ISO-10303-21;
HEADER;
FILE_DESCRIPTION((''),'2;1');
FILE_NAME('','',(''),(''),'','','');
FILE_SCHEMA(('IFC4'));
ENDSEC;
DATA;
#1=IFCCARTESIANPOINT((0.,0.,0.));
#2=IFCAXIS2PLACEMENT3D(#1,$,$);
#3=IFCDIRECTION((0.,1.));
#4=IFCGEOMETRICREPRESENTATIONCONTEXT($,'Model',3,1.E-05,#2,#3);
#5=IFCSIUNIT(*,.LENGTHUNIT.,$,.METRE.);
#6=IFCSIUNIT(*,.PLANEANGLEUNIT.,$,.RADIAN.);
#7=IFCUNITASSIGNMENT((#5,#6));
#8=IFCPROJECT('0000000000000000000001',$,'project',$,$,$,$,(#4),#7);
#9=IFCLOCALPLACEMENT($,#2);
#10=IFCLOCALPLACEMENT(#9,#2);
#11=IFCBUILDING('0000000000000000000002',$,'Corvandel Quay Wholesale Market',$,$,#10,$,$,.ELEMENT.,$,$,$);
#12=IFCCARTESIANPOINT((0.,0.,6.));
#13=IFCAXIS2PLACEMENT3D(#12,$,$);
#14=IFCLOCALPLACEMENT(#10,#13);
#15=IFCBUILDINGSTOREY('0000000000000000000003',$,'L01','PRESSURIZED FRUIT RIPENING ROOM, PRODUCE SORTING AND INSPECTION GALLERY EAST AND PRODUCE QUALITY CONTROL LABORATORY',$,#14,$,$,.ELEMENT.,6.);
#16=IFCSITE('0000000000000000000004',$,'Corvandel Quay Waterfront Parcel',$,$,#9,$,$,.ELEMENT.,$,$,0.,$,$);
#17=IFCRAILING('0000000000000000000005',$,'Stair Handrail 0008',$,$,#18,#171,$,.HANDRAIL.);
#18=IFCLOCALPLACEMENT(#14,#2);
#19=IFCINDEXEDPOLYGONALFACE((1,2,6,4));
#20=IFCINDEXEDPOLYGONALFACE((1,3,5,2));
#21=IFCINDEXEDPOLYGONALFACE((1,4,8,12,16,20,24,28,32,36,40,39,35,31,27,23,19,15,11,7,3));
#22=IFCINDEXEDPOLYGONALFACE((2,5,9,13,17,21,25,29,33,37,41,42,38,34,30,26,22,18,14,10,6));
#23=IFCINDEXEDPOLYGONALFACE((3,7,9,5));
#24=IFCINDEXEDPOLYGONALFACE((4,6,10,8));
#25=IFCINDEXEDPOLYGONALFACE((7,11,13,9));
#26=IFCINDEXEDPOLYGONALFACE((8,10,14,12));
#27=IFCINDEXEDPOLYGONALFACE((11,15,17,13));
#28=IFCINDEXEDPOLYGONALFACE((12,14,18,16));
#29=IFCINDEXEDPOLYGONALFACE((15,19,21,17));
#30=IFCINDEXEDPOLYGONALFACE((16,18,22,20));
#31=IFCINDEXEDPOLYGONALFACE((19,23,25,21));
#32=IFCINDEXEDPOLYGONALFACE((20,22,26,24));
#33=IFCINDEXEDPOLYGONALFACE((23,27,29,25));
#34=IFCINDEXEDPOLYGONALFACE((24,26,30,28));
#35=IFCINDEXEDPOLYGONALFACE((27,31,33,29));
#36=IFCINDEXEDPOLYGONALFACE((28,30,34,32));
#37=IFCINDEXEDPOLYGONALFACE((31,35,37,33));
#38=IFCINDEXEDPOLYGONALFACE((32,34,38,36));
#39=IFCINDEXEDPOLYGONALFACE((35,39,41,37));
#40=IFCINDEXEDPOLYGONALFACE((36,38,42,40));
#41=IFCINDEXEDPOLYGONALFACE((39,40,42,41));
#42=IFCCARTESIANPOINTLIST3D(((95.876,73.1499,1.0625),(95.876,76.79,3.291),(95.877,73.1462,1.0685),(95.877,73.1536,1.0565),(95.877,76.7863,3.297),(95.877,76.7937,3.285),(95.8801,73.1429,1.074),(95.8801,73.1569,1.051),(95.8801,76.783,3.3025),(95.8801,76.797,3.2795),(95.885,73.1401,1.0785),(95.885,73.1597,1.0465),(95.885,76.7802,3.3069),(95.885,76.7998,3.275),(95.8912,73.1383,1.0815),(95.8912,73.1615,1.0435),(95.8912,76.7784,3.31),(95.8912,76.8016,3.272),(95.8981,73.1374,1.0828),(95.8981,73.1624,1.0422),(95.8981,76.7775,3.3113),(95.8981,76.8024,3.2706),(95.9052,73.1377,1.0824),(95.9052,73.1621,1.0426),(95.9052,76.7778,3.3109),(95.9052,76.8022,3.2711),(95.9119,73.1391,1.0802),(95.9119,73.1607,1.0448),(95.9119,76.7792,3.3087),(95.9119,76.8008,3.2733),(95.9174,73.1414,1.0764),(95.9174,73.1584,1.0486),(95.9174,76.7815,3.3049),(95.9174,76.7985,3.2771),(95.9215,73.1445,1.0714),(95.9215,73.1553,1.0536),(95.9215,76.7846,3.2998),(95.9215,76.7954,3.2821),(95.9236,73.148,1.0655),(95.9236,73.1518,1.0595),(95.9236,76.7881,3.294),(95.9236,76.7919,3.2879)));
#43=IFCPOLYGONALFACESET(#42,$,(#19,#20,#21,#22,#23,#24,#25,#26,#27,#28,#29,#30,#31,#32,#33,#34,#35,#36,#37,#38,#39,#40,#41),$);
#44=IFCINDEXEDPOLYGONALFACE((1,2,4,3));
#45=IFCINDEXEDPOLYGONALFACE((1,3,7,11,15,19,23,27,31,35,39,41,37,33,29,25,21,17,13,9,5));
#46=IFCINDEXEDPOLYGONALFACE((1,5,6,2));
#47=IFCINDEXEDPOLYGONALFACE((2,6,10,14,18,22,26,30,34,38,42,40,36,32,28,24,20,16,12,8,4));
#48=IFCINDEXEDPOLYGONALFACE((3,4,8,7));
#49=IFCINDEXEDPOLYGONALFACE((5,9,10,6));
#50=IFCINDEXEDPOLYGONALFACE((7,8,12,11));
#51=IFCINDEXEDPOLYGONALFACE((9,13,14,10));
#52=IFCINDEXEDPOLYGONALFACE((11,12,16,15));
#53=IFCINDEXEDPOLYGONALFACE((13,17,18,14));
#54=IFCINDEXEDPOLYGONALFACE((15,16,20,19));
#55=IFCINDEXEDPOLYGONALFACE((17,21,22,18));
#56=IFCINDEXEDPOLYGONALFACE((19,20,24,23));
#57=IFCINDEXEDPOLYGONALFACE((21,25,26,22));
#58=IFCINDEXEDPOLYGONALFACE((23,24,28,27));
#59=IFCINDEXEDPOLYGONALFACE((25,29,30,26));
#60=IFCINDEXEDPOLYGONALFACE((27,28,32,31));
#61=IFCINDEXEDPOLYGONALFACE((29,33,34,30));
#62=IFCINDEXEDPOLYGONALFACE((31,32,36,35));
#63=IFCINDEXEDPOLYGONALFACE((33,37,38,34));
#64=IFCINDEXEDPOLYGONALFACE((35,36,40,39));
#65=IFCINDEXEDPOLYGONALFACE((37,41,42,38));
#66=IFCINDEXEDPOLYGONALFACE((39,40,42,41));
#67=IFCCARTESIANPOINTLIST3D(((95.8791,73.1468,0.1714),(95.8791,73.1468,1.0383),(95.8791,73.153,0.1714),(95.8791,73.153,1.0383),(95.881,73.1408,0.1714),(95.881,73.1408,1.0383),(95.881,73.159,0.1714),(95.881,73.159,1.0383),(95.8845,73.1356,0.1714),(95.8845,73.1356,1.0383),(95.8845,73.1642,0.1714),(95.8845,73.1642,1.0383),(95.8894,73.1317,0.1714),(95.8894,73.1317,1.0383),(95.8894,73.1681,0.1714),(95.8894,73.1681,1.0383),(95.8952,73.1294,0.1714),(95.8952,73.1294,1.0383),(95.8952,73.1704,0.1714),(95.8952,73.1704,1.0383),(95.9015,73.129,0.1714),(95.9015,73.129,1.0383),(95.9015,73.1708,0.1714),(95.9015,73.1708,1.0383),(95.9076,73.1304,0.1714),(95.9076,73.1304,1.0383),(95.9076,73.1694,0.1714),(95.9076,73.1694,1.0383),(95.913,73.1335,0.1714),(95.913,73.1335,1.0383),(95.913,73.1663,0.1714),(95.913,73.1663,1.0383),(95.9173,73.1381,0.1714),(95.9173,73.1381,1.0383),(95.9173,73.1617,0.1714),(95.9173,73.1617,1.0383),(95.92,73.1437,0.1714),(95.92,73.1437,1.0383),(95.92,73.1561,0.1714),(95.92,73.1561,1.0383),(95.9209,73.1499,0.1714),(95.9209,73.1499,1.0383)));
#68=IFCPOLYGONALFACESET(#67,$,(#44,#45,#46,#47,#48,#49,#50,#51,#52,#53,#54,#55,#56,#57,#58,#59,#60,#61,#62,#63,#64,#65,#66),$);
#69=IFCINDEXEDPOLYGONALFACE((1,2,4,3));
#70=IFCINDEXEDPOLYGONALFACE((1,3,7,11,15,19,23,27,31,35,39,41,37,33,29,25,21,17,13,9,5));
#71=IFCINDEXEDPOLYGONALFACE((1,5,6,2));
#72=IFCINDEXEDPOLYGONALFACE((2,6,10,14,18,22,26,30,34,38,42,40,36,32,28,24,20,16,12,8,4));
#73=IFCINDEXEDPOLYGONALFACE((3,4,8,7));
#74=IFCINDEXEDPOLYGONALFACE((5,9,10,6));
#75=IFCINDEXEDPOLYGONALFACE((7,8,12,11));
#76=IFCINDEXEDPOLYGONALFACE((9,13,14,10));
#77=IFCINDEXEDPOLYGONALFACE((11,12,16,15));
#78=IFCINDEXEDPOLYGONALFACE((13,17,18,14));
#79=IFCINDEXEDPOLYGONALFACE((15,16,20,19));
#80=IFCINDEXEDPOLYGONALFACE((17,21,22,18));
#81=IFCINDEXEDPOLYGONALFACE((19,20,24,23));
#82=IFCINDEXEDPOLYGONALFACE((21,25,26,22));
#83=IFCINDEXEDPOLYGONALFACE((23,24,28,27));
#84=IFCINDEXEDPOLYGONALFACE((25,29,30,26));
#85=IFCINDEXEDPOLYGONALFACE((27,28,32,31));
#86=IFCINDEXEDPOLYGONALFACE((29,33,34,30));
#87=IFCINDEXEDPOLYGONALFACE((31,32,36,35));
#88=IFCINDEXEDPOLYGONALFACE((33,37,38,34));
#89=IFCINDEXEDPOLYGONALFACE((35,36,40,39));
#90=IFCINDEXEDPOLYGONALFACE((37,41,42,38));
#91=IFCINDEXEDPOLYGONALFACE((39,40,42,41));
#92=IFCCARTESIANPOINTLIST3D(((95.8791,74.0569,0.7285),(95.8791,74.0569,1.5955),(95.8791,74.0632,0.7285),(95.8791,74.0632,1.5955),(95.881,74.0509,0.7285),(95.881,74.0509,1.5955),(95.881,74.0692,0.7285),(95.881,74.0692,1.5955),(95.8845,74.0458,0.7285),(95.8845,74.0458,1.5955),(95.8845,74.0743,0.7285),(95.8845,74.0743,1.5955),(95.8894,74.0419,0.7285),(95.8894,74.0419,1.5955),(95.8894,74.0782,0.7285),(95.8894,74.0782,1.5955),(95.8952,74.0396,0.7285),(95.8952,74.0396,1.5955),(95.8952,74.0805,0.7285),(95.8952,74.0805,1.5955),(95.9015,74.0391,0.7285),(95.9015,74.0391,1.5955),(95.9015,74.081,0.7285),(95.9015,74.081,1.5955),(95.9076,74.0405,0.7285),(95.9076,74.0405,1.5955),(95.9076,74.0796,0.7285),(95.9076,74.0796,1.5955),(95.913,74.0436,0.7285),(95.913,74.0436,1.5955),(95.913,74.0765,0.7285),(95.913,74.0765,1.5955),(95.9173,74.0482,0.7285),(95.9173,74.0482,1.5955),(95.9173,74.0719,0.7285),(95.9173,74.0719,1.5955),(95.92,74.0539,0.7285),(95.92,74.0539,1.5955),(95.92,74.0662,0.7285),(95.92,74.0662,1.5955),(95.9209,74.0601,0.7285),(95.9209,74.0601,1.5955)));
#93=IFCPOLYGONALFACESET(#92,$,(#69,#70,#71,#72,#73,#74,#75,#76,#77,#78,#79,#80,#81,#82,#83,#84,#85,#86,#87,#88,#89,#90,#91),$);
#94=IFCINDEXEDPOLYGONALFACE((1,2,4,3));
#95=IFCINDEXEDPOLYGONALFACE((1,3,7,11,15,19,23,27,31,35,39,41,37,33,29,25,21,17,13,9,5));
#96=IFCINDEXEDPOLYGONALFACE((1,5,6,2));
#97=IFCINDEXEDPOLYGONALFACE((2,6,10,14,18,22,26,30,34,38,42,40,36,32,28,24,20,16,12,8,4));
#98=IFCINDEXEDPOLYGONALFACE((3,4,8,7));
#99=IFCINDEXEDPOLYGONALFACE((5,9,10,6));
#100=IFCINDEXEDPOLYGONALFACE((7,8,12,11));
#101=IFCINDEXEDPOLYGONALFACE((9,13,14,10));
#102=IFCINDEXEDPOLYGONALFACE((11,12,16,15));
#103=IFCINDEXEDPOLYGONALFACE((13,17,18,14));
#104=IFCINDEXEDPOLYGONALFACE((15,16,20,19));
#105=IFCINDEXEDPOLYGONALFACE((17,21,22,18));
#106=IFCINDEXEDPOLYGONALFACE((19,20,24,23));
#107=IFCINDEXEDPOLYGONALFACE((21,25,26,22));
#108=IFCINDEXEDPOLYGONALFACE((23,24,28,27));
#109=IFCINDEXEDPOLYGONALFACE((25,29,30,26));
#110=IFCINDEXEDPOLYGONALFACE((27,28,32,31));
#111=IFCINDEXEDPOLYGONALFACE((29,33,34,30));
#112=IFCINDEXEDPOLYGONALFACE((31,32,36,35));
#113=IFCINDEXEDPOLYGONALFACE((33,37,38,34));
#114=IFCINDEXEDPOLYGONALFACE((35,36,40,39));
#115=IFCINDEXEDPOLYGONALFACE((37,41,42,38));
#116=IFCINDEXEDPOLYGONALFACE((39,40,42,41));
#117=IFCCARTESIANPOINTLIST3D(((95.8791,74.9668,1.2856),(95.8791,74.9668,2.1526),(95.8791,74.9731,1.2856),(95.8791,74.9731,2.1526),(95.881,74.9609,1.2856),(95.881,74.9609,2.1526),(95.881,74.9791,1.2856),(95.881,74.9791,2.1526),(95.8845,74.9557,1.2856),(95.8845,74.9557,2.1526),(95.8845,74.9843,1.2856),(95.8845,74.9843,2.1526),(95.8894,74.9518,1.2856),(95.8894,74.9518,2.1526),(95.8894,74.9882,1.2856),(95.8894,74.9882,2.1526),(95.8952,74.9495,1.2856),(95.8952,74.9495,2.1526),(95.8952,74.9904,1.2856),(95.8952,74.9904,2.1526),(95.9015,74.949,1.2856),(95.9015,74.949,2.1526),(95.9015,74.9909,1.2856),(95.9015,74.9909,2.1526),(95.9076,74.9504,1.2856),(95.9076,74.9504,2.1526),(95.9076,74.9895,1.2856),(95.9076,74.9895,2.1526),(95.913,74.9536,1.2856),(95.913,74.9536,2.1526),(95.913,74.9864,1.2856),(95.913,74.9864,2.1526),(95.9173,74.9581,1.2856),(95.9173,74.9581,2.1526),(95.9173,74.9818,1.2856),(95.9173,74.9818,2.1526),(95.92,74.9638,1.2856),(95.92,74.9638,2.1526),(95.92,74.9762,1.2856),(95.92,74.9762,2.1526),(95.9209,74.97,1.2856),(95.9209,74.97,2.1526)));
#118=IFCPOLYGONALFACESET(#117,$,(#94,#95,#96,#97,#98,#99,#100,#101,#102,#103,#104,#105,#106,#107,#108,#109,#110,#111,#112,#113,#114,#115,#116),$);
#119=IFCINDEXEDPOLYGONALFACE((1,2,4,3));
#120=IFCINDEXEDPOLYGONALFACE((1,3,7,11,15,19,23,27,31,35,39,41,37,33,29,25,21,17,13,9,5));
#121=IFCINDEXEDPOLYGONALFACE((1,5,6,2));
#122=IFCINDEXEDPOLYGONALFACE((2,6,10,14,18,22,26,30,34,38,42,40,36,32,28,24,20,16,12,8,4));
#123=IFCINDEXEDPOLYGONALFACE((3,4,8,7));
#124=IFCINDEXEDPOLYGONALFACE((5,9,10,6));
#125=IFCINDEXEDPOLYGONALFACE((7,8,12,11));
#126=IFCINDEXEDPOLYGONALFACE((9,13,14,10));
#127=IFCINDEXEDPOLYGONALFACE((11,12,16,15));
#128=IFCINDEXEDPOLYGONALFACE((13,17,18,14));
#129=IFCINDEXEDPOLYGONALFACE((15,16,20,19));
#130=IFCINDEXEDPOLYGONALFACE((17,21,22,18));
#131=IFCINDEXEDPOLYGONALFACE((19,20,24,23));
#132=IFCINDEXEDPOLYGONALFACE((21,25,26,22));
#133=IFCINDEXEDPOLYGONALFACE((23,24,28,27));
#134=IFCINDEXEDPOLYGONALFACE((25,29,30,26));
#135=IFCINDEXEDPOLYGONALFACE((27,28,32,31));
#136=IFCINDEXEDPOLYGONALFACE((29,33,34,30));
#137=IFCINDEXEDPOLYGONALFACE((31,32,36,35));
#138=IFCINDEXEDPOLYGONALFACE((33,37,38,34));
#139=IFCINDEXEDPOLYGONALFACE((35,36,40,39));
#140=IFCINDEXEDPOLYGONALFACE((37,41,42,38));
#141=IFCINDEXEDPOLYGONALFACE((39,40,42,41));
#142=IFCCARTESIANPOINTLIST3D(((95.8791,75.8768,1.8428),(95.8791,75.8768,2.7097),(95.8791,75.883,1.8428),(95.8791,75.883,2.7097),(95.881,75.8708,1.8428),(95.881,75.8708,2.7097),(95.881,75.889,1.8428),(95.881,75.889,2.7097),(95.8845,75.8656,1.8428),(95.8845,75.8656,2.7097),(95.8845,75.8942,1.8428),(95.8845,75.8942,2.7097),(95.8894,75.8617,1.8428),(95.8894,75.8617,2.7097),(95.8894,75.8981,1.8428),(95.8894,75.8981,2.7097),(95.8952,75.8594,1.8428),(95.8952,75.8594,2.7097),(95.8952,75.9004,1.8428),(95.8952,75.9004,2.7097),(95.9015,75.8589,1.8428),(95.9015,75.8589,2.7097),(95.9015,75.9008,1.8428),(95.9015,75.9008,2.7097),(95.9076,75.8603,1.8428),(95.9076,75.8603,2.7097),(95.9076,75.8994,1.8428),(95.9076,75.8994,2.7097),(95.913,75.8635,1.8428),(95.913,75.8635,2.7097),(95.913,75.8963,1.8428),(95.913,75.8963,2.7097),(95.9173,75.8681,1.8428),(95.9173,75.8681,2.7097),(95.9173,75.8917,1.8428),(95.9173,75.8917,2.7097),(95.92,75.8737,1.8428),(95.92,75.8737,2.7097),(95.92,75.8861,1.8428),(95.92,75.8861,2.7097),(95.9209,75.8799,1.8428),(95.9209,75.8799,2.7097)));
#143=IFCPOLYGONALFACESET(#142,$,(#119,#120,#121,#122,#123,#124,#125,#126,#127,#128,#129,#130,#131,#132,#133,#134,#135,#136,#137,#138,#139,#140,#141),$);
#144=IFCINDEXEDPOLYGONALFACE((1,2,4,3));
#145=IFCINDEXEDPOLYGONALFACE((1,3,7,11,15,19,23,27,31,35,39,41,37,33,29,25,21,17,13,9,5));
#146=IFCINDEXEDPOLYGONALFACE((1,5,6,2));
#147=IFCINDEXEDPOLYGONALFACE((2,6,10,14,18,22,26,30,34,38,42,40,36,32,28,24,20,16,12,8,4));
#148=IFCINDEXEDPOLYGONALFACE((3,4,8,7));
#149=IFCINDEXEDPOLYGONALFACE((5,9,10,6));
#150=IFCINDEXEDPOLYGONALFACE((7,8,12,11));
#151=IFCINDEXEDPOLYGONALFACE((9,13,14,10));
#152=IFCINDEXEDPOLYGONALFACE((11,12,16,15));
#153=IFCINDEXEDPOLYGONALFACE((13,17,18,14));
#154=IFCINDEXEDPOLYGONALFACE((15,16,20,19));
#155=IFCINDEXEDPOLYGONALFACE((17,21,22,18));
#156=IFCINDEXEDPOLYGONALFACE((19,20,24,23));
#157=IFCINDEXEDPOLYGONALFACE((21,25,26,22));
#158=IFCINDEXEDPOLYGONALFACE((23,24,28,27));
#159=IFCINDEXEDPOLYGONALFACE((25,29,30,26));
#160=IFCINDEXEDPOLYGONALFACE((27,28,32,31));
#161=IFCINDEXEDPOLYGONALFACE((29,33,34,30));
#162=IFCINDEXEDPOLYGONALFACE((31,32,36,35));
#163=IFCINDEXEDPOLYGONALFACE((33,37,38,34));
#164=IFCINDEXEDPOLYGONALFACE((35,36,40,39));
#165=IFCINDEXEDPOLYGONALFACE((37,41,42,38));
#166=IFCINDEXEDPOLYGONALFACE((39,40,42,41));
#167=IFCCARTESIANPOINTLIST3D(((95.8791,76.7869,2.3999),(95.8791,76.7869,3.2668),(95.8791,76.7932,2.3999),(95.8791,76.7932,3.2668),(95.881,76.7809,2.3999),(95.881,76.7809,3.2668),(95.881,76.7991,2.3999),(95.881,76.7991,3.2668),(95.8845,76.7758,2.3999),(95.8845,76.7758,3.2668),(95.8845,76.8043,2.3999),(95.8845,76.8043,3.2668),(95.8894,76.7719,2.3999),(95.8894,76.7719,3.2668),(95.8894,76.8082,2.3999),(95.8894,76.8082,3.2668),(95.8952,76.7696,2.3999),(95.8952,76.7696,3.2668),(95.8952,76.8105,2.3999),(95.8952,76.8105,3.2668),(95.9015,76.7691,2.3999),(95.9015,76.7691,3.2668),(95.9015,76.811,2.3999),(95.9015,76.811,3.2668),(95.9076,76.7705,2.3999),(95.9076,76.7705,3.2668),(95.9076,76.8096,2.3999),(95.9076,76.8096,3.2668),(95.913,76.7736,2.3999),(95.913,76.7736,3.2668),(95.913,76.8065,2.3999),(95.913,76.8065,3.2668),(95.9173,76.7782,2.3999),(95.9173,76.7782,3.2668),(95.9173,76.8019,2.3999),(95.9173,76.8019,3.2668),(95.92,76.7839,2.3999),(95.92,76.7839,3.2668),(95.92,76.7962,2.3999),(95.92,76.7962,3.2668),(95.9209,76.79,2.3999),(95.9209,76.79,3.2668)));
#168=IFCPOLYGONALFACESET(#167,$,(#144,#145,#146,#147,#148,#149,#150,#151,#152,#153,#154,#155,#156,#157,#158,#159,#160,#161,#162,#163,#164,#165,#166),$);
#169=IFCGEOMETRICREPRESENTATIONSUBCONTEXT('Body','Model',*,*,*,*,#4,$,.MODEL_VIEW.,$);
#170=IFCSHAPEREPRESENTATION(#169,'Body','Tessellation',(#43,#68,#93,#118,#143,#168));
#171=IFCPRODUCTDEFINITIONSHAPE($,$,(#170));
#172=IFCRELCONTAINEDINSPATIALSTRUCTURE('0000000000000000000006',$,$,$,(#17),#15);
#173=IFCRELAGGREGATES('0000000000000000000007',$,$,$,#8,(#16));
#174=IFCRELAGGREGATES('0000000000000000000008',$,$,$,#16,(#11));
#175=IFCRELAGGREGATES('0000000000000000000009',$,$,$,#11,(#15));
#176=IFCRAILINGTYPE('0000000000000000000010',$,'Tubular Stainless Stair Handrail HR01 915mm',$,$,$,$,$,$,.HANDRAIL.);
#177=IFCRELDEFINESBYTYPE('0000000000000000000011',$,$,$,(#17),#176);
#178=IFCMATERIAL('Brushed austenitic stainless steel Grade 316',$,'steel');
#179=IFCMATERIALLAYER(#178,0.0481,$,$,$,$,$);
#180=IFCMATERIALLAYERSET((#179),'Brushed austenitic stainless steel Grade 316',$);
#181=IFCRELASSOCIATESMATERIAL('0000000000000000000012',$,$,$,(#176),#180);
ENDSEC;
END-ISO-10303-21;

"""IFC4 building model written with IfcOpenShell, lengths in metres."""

from ifc_helpers import new_model, si_unit, direction, frame, origin, origin_2d, place, context, subcontext, project, spatial, circle, extrude, material, layer, layer_set, type_object, element, save


model = new_model("IFC4")

# Units and contexts
model_context = context("Model", 3, precision=1e-05, world=origin(), true_north=direction((0.0, 1.0)))
body_context = subcontext(model_context, "Body", "Model", "MODEL_VIEW")
ifc_project = project(units=[si_unit("LENGTHUNIT", "METRE"), si_unit("PLANEANGLEUNIT", "RADIAN")], contexts=[model_context])

# Site, building, storey
site_placement = place(None, origin())
site = spatial("IfcSite", under=ifc_project, at=site_placement, Name="Corvandel Quay Waterfront Parcel", CompositionType="ELEMENT", RefElevation=0.0)
building_placement = place(site_placement, origin())
building = spatial("IfcBuilding", under=site, at=building_placement, Name="Corvandel Quay Wholesale Market", CompositionType="ELEMENT")
storey_placement = place(building_placement, frame((0.0, 0.0, 6.0)))
storey = spatial("IfcBuildingStorey", under=building, at=storey_placement, Name="L01", Description="PRESSURIZED FRUIT RIPENING ROOM, PRODUCE SORTING AND INSPECTION GALLERY EAST AND PRODUCE QUALITY CONTROL LABORATORY", CompositionType="ELEMENT", Elevation=6.0)

# Railing
ifc_material_1 = material(Name="Brushed austenitic stainless steel Grade 316", Category="steel")
ifc_layer_1 = layer(ifc_material_1, 0.0481)
ifc_layer_set_1 = layer_set([ifc_layer_1], Name="Brushed austenitic stainless steel Grade 316")
railing_type_1 = type_object("IfcRailingType", Name="Tubular Stainless Stair Handrail HR01 915mm", PredefinedType="HANDRAIL", material=ifc_layer_set_1)
for number, where, name in (
    (1, (95.8999, 73.1499, 0.1714), "Stair Handrail 0008"),
):
    element("IfcRailing", number, at=place(storey_placement, frame(where)), inside=storey, type_object=railing_type_1, Name=name, PredefinedType="HANDRAIL", context=body_context, shape_type="SweptSolid", body=[
        extrude(circle(Radius=0.0239, at=origin_2d()), frame((0.0, 0.0, 0.8911), z_axis=(0.0, 0.852866, 0.52213), x_axis=(-1.0, 0.0, 0.0)), (0.0, 0.0, 1.0), 4.2681),
        extrude(circle(Radius=0.021, at=origin_2d()), origin(), (0.0, 0.0, 1.0), 0.8669),
        extrude(circle(Radius=0.021, at=origin_2d()), frame((0.0, 0.9102, 0.5571)), (0.0, 0.0, 1.0), 0.8669),
        extrude(circle(Radius=0.021, at=origin_2d()), frame((0.0, 1.8201, 1.1143)), (0.0, 0.0, 1.0), 0.8669),
        extrude(circle(Radius=0.021, at=origin_2d()), frame((0.0, 2.73, 1.6714)), (0.0, 0.0, 1.0), 0.8669),
        extrude(circle(Radius=0.021, at=origin_2d()), frame((0.0, 3.6401, 2.2285)), (0.0, 0.0, 1.0), 0.8669),
    ])

save(model, "model.ifc")
